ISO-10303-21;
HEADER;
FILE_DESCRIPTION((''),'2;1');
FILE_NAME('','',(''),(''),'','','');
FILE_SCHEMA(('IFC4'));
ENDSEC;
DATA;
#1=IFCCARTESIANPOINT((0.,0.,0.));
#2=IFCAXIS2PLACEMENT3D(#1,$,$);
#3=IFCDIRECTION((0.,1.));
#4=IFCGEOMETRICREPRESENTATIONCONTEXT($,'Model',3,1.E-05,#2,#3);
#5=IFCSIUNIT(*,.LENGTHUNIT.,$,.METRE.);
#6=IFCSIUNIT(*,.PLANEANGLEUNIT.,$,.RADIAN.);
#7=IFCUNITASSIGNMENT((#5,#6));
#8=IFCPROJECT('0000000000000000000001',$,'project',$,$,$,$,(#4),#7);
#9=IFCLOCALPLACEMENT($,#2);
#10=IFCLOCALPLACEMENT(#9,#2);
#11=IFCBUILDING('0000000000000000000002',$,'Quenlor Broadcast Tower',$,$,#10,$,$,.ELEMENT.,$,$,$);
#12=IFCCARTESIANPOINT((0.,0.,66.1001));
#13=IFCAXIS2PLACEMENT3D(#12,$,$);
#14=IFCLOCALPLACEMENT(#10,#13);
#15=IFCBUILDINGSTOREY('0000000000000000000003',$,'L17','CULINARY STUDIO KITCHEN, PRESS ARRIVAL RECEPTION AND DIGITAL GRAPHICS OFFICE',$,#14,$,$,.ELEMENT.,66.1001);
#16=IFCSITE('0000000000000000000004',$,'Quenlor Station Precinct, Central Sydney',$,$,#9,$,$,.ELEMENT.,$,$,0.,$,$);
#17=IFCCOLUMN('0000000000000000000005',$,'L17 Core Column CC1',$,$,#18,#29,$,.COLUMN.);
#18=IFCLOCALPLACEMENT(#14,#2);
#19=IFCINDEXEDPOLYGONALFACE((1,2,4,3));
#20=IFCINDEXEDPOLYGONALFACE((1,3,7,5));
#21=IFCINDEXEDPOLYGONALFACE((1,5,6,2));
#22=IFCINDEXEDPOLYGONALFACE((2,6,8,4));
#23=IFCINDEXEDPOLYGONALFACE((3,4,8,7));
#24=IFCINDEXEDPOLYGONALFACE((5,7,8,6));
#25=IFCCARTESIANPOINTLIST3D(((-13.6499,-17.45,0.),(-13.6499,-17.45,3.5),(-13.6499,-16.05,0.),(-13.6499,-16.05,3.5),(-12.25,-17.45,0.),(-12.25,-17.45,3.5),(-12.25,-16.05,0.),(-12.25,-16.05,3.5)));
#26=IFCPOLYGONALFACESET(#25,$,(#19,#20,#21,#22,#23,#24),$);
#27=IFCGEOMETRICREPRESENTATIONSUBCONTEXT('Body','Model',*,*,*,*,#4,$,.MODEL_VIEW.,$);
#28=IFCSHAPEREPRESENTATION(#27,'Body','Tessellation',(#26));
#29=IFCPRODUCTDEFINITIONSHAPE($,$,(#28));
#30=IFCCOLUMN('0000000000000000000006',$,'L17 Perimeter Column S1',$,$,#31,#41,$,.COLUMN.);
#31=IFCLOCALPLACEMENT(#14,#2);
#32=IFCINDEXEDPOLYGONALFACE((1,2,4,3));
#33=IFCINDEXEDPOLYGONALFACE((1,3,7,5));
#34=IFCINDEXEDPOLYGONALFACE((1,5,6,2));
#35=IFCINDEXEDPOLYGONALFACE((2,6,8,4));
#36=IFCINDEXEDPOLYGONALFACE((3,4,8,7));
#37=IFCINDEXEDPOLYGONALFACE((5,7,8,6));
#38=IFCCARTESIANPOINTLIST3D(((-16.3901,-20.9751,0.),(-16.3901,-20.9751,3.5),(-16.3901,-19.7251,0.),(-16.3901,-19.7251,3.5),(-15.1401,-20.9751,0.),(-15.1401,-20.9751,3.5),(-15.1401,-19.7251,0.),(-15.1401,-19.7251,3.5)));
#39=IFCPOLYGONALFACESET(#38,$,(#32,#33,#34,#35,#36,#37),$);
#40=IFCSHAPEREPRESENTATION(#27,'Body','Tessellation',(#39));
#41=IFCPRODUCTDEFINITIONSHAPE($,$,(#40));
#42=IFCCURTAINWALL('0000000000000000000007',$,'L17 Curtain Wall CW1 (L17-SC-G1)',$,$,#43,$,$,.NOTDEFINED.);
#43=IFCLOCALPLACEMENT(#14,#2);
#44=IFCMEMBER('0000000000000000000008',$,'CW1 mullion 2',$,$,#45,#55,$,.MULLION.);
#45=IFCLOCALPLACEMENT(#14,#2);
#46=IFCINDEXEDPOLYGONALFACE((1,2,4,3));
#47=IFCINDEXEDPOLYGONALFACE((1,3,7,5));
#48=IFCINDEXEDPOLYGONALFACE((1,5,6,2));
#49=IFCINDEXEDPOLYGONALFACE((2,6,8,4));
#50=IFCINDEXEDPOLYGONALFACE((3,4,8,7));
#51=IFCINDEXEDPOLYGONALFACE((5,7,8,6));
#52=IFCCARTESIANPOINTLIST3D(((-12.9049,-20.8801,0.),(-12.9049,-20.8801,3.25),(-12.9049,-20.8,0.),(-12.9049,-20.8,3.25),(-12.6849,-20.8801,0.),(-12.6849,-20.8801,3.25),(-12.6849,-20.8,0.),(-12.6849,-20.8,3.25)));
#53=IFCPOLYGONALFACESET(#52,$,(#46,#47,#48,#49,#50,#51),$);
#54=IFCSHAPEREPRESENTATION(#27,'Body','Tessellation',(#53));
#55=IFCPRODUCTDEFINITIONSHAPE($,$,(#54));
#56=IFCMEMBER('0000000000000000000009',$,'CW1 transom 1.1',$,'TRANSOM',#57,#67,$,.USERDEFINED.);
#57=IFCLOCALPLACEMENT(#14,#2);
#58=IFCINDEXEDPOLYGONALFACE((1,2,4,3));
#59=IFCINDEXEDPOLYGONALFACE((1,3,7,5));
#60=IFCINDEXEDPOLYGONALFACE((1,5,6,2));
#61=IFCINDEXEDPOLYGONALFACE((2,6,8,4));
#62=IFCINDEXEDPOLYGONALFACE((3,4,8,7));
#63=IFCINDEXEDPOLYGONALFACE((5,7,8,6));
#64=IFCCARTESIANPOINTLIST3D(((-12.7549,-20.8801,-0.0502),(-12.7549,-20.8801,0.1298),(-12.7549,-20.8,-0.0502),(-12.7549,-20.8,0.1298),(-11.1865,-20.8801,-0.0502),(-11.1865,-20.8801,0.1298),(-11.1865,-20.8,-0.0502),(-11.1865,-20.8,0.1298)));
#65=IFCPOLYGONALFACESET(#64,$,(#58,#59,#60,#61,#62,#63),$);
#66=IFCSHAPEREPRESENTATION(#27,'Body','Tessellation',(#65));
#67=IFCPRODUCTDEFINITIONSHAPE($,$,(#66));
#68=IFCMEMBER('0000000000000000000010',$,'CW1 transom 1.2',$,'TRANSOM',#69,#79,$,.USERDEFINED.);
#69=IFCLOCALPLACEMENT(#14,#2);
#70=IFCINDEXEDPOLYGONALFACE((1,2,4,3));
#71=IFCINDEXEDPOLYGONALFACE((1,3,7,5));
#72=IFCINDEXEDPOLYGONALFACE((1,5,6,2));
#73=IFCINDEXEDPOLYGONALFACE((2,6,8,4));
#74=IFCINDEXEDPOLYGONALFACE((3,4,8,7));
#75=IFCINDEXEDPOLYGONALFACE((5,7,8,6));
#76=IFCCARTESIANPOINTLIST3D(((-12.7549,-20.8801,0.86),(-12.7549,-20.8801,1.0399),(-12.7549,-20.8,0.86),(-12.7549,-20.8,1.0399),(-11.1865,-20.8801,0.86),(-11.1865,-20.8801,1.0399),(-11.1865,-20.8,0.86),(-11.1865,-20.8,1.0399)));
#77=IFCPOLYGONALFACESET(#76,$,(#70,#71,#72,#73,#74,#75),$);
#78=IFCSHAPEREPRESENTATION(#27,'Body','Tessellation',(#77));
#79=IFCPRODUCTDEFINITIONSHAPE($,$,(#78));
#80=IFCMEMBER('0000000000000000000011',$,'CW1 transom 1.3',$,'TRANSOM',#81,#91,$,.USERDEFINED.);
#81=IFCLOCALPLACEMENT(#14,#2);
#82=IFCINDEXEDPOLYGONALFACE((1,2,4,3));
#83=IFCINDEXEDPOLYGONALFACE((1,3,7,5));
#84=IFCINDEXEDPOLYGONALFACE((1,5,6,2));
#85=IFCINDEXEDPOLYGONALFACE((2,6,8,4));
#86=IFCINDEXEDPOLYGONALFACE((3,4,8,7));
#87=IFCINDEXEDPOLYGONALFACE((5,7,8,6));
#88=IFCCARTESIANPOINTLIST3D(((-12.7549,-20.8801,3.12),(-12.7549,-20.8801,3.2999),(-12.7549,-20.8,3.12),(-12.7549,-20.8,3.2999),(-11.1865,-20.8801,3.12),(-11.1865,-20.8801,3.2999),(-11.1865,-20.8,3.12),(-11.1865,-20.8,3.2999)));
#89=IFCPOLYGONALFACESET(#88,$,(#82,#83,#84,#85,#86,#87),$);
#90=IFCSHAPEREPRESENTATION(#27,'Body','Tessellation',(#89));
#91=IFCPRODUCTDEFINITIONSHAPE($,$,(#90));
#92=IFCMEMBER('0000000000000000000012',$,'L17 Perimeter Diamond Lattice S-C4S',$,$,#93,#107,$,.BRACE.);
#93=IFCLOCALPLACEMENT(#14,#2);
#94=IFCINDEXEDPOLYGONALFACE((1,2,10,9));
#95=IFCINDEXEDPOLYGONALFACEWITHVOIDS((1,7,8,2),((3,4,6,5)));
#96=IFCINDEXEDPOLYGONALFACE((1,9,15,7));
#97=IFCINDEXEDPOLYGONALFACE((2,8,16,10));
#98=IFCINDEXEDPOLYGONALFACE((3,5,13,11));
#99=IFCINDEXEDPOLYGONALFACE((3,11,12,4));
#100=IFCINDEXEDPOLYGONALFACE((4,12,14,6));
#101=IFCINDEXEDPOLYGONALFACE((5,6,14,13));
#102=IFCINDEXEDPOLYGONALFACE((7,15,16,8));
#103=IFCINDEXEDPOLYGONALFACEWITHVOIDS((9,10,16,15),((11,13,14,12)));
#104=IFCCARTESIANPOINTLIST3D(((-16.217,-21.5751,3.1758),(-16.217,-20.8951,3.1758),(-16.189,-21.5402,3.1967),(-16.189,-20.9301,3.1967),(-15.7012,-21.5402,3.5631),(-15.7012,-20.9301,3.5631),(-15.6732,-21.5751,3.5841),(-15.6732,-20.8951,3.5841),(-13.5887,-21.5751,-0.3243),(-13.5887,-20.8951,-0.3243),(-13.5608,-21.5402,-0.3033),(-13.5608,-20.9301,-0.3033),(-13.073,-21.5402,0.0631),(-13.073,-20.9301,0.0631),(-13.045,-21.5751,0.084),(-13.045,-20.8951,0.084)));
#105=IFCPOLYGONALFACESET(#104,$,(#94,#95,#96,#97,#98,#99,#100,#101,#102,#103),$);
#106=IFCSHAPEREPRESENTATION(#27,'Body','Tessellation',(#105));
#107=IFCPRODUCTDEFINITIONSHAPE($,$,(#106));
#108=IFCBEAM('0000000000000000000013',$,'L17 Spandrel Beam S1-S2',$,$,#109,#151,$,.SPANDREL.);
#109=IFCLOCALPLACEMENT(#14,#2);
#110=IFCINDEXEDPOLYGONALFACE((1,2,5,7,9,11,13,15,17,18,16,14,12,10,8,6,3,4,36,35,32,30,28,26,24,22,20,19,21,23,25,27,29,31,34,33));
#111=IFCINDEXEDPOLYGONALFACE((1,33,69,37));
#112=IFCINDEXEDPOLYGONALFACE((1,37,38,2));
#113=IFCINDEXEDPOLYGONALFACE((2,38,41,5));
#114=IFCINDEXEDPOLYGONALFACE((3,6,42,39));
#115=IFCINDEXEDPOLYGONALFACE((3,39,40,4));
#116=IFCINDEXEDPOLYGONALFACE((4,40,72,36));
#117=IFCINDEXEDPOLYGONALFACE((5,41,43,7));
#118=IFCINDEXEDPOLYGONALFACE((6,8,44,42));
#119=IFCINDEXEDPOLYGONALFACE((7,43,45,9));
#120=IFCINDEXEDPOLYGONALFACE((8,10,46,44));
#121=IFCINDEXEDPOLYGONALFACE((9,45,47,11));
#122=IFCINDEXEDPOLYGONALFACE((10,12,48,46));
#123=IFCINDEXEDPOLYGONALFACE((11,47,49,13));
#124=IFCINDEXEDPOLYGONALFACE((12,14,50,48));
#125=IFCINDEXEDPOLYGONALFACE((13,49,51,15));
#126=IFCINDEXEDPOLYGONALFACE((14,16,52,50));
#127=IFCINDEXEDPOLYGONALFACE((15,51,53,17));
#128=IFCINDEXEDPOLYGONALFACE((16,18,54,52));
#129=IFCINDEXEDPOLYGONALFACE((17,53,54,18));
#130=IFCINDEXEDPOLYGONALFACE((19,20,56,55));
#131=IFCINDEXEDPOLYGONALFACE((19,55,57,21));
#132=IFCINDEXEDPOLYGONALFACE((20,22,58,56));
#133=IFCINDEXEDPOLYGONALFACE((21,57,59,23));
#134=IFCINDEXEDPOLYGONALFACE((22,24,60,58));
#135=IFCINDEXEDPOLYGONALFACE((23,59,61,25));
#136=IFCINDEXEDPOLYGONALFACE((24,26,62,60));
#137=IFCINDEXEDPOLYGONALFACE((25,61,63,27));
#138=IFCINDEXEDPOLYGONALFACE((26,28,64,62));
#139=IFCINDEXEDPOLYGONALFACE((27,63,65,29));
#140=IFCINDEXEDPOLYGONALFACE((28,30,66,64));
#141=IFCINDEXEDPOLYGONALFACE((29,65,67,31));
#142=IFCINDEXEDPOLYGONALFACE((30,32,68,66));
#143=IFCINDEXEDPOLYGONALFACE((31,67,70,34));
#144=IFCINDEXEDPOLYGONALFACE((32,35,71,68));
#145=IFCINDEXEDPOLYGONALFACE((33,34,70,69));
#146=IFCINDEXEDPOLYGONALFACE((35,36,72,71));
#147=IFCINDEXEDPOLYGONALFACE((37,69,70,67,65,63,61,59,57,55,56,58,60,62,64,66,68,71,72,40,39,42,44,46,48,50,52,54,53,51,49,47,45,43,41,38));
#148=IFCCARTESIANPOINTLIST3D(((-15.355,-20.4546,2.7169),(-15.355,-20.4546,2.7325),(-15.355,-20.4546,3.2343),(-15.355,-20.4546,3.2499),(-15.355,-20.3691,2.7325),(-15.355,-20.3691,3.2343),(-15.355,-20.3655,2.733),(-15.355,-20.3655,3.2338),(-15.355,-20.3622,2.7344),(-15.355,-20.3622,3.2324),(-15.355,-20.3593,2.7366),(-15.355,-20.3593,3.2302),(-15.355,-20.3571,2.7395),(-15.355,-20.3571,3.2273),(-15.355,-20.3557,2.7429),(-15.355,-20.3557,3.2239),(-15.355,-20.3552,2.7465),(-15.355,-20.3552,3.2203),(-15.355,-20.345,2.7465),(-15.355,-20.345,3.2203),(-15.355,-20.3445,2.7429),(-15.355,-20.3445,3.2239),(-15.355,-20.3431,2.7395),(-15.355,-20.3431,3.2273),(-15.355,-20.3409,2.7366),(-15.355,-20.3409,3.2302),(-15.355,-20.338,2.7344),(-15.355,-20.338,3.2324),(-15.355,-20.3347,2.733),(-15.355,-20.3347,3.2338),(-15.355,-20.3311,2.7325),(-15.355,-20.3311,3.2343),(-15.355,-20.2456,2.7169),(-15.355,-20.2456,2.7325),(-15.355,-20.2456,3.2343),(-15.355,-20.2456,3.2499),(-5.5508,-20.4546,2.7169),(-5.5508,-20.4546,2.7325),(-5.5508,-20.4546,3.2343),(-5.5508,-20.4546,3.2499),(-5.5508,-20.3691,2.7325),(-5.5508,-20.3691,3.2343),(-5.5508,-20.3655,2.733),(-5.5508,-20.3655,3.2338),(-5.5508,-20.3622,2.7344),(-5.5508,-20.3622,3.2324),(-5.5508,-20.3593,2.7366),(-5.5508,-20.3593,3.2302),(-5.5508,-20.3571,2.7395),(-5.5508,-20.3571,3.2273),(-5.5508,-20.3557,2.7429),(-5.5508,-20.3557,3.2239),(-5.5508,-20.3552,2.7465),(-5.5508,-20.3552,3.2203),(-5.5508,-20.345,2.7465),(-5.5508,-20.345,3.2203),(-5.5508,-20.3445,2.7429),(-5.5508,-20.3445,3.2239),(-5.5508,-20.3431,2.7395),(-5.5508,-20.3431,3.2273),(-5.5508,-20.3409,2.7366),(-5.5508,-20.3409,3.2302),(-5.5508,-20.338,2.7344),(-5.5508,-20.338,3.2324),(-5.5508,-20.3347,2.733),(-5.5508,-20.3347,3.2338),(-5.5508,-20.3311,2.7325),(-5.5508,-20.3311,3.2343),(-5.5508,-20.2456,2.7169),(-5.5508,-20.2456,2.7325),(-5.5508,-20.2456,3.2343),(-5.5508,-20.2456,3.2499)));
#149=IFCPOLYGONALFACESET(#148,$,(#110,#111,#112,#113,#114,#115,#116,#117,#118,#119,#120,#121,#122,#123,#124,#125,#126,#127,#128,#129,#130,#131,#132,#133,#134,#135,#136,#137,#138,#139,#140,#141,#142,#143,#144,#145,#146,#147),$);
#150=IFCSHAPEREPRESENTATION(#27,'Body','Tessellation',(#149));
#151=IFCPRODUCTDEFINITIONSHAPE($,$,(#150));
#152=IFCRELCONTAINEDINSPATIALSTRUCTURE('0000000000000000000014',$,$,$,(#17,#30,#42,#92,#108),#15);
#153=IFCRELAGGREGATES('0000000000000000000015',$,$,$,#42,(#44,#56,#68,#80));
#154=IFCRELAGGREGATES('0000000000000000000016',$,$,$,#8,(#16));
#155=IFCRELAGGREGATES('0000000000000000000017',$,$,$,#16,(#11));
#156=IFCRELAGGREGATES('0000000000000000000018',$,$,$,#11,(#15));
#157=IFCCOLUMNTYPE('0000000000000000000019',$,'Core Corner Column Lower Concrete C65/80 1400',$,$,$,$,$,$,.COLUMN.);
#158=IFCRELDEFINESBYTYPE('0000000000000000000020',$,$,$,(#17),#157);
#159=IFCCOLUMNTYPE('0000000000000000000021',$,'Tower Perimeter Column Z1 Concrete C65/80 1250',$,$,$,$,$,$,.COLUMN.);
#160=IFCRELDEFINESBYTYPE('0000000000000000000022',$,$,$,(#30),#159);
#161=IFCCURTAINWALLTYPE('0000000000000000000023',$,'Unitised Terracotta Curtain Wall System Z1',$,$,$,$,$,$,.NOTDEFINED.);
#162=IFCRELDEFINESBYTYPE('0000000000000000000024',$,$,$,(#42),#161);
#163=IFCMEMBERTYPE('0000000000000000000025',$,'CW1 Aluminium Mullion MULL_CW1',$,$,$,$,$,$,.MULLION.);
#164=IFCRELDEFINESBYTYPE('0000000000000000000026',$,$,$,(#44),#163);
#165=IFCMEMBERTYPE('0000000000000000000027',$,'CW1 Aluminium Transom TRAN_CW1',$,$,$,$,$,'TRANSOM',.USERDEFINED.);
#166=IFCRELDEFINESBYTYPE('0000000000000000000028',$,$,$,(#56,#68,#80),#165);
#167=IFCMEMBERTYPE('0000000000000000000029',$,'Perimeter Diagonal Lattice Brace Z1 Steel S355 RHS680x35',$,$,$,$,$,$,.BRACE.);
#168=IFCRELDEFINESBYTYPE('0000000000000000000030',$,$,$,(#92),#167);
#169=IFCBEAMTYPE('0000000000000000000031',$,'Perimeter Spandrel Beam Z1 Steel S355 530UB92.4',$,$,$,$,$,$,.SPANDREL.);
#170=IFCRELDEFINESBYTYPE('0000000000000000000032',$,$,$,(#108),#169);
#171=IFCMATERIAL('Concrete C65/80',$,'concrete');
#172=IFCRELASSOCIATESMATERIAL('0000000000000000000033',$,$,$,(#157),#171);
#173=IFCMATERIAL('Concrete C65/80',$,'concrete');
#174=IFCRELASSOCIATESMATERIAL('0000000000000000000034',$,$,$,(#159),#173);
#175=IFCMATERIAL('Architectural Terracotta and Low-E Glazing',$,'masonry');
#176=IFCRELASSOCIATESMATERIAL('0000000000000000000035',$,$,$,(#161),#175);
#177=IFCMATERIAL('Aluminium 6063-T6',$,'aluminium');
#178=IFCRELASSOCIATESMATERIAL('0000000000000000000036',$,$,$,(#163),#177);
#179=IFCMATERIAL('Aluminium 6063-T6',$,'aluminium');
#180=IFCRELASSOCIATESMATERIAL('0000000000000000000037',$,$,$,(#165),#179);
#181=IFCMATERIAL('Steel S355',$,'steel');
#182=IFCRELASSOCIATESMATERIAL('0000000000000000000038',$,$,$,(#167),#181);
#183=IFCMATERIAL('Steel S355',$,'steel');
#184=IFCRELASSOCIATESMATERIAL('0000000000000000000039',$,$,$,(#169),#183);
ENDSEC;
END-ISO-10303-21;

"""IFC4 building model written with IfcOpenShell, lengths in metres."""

from ifc_helpers import new_model, si_unit, direction, frame, origin, origin_2d, place, context, subcontext, project, spatial, rectangle, hollow_rectangle, i_section, extrude, material, material_profile, profile_set, type_object, element, aggregate, save


model = new_model("IFC4")

# Units and contexts
model_context = context("Model", 3, precision=1e-05, world=origin(), true_north=direction((0.0, 1.0)))
body_context = subcontext(model_context, "Body", "Model", "MODEL_VIEW")
ifc_project = project(units=[si_unit("LENGTHUNIT", "METRE"), si_unit("PLANEANGLEUNIT", "RADIAN")], contexts=[model_context])

# Site, building, storey
site_placement = place(None, origin())
site = spatial("IfcSite", under=ifc_project, at=site_placement, Name="Quenlor Station Precinct, Central Sydney", CompositionType="ELEMENT", RefElevation=0.0)
building_placement = place(site_placement, origin())
building = spatial("IfcBuilding", under=site, at=building_placement, Name="Quenlor Broadcast Tower", CompositionType="ELEMENT")
storey_placement = place(building_placement, frame((0.0, 0.0, 66.1001)))
storey = spatial("IfcBuildingStorey", under=building, at=storey_placement, Name="L17", Description="CULINARY STUDIO KITCHEN, PRESS ARRIVAL RECEPTION AND DIGITAL GRAPHICS OFFICE", CompositionType="ELEMENT", Elevation=66.1001)

# Columns
ifc_material_1 = material(Name="Concrete C65/80", Category="concrete")
ifc_material_profile_1 = material_profile(ifc_material_1, rectangle(XDim=1.3999, YDim=1.3999, at=origin_2d()))
ifc_profile_set_1 = profile_set([ifc_material_profile_1], Name="Concrete C65/80 RC1400x1400")
column_type_1 = type_object("IfcColumnType", Name="Core Corner Column Lower Concrete C65/80 1400", PredefinedType="COLUMN", material=ifc_profile_set_1)
column_1_placement = place(storey_placement, frame((-12.95, -16.75, 0.0), z_axis=(0.0, 0.0, 1.0), x_axis=(1.0, 0.0, 0.0)))
element("IfcColumn", 1, at=column_1_placement, inside=storey, type_object=column_type_1, Name="L17 Core Column CC1", PredefinedType="COLUMN", context=body_context, shape_type="SweptSolid", body=[
    extrude(rectangle(XDim=1.3999, YDim=1.3999, at=origin_2d()), origin(), (0.0, 0.0, 1.0), 3.5),
])
ifc_material_2 = material(Name="Concrete C65/80", Category="concrete")
ifc_material_profile_2 = material_profile(ifc_material_2, rectangle(XDim=1.25, YDim=1.25, at=origin_2d()))
ifc_profile_set_2 = profile_set([ifc_material_profile_2], Name="Concrete C65/80 RC1250x1250")
column_type_2 = type_object("IfcColumnType", Name="Tower Perimeter Column Z1 Concrete C65/80 1250", PredefinedType="COLUMN", material=ifc_profile_set_2)
column_2_placement = place(storey_placement, frame((-15.7651, -20.3501, 0.0), z_axis=(0.0, 0.0, 1.0), x_axis=(0.0, 1.0, 0.0)))
element("IfcColumn", 2, at=column_2_placement, inside=storey, type_object=column_type_2, Name="L17 Perimeter Column S1", PredefinedType="COLUMN", context=body_context, shape_type="SweptSolid", body=[
    extrude(rectangle(XDim=1.25, YDim=1.25, at=origin_2d()), origin(), (0.0, 0.0, 1.0), 3.5),
])

# Curtain wall, members
ifc_material_3 = material(Name="Architectural Terracotta and Low-E Glazing", Category="masonry")
curtain_wall_type = type_object("IfcCurtainWallType", Name="Unitised Terracotta Curtain Wall System Z1", PredefinedType="NOTDEFINED", material=ifc_material_3)
curtain_wall_placement = place(storey_placement, origin())
curtain_wall = element("IfcCurtainWall", 3, at=curtain_wall_placement, inside=storey, type_object=curtain_wall_type, Name="L17 Curtain Wall CW1 (L17-SC-G1)", PredefinedType="NOTDEFINED")
ifc_material_4 = material(Name="Aluminium 6063-T6", Category="aluminium")
ifc_material_profile_3 = material_profile(ifc_material_4, rectangle(XDim=0.0801, YDim=0.22, at=origin_2d()))
ifc_profile_set_3 = profile_set([ifc_material_profile_3], Name="Aluminium 6063-T6 MULL80x220")
member_type_1 = type_object("IfcMemberType", Name="CW1 Aluminium Mullion MULL_CW1", PredefinedType="MULLION", material=ifc_profile_set_3)
member_1_placement = place(storey_placement, frame((-12.7949, -20.8401, 0.0), z_axis=(0.0, 0.0, 1.0), x_axis=(0.0, -1.0, 0.0)))
member_1 = element("IfcMember", 4, at=member_1_placement, type_object=member_type_1, Name="CW1 mullion 2", PredefinedType="MULLION", context=body_context, shape_type="SweptSolid", body=[
    extrude(rectangle(XDim=0.0801, YDim=0.22, at=origin_2d()), origin(), (0.0, 0.0, 1.0), 3.25),
])
ifc_material_5 = material(Name="Aluminium 6063-T6", Category="aluminium")
ifc_material_profile_4 = material_profile(ifc_material_5, rectangle(XDim=0.0801, YDim=0.1799, at=origin_2d()))
ifc_profile_set_4 = profile_set([ifc_material_profile_4], Name="Aluminium 6063-T6 TRAN80x180")
member_type_2 = type_object("IfcMemberType", Name="CW1 Aluminium Transom TRAN_CW1", ElementType="TRANSOM", PredefinedType="USERDEFINED", material=ifc_profile_set_4)
member_2_placement = place(storey_placement, frame((-11.1865, -20.8401, 0.0398), z_axis=(-1.0, 0.0, 0.0), x_axis=(0.0, -1.0, 0.0)))
member_2 = element("IfcMember", 5, at=member_2_placement, type_object=member_type_2, Name="CW1 transom 1.1", ObjectType="TRANSOM", PredefinedType="USERDEFINED", context=body_context, shape_type="SweptSolid", body=[
    extrude(rectangle(XDim=0.0801, YDim=0.1799, at=origin_2d()), origin(), (0.0, 0.0, 1.0), 1.5684),
])
member_3_placement = place(storey_placement, frame((-11.1865, -20.8401, 0.95), z_axis=(-1.0, 0.0, 0.0), x_axis=(0.0, -1.0, 0.0)))
member_3 = element("IfcMember", 6, at=member_3_placement, type_object=member_type_2, Name="CW1 transom 1.2", ObjectType="TRANSOM", PredefinedType="USERDEFINED", context=body_context, shape_type="SweptSolid", body=[
    extrude(rectangle(XDim=0.0801, YDim=0.1799, at=origin_2d()), origin(), (0.0, 0.0, 1.0), 1.5684),
])
member_4_placement = place(storey_placement, frame((-11.1865, -20.8401, 3.21), z_axis=(-1.0, 0.0, 0.0), x_axis=(0.0, -1.0, 0.0)))
member_4 = element("IfcMember", 7, at=member_4_placement, type_object=member_type_2, Name="CW1 transom 1.3", ObjectType="TRANSOM", PredefinedType="USERDEFINED", context=body_context, shape_type="SweptSolid", body=[
    extrude(rectangle(XDim=0.0801, YDim=0.1799, at=origin_2d()), origin(), (0.0, 0.0, 1.0), 1.5684),
])

# Member
ifc_material_6 = material(Name="Steel S355", Category="steel")
ifc_material_profile_5 = material_profile(ifc_material_6, hollow_rectangle(XDim=0.6799, YDim=0.6799, WallThickness=0.0349, at=origin_2d()))
ifc_profile_set_5 = profile_set([ifc_material_profile_5], Name="Steel S355 RHS680x680x35")
member_type_3 = type_object("IfcMemberType", Name="Perimeter Diagonal Lattice Brace Z1 Steel S355 RHS680x35", PredefinedType="BRACE", material=ifc_profile_set_5)
member_5_placement = place(storey_placement, frame((-13.3169, -21.2351, -0.1201), z_axis=(-0.600464, 0.0, 0.799652), x_axis=(0.0, -1.0, 0.0)))
element("IfcMember", 8, at=member_5_placement, inside=storey, type_object=member_type_3, Name="L17 Perimeter Diamond Lattice S-C4S", PredefinedType="BRACE", context=body_context, shape_type="SweptSolid", body=[
    extrude(hollow_rectangle(XDim=0.6799, YDim=0.6799, WallThickness=0.0349, at=origin_2d()), origin(), (0.0, 0.0, 1.0), 4.377),
])

# Beam
ifc_material_7 = material(Name="Steel S355", Category="steel")
ifc_material_profile_6 = material_profile(ifc_material_7, i_section(OverallWidth=0.209, OverallDepth=0.533, WebThickness=0.0103, FlangeThickness=0.0156, FilletRadius=0.0139, at=origin_2d()))
ifc_profile_set_6 = profile_set([ifc_material_profile_6], Name="Steel S355 530UB92.4")
beam_type_1 = type_object("IfcBeamType", Name="Perimeter Spandrel Beam Z1 Steel S355 530UB92.4", PredefinedType="SPANDREL", material=ifc_profile_set_6)
beam_1_placement = place(storey_placement, frame((-15.355, -20.3501, 2.9834), z_axis=(1.0, 0.0, 0.0), x_axis=(0.0, 1.0, 0.0)))
element("IfcBeam", 9, at=beam_1_placement, inside=storey, type_object=beam_type_1, Name="L17 Spandrel Beam S1-S2", PredefinedType="SPANDREL", context=body_context, shape_type="SweptSolid", body=[
    extrude(i_section(OverallWidth=0.209, OverallDepth=0.533, WebThickness=0.0103, FlangeThickness=0.0156, FilletRadius=0.0139, at=origin_2d()), origin(), (0.0, 0.0, 1.0), 9.8042),
])

aggregate(curtain_wall, [member_1, member_2, member_3, member_4])

save(model, "model.ifc")
